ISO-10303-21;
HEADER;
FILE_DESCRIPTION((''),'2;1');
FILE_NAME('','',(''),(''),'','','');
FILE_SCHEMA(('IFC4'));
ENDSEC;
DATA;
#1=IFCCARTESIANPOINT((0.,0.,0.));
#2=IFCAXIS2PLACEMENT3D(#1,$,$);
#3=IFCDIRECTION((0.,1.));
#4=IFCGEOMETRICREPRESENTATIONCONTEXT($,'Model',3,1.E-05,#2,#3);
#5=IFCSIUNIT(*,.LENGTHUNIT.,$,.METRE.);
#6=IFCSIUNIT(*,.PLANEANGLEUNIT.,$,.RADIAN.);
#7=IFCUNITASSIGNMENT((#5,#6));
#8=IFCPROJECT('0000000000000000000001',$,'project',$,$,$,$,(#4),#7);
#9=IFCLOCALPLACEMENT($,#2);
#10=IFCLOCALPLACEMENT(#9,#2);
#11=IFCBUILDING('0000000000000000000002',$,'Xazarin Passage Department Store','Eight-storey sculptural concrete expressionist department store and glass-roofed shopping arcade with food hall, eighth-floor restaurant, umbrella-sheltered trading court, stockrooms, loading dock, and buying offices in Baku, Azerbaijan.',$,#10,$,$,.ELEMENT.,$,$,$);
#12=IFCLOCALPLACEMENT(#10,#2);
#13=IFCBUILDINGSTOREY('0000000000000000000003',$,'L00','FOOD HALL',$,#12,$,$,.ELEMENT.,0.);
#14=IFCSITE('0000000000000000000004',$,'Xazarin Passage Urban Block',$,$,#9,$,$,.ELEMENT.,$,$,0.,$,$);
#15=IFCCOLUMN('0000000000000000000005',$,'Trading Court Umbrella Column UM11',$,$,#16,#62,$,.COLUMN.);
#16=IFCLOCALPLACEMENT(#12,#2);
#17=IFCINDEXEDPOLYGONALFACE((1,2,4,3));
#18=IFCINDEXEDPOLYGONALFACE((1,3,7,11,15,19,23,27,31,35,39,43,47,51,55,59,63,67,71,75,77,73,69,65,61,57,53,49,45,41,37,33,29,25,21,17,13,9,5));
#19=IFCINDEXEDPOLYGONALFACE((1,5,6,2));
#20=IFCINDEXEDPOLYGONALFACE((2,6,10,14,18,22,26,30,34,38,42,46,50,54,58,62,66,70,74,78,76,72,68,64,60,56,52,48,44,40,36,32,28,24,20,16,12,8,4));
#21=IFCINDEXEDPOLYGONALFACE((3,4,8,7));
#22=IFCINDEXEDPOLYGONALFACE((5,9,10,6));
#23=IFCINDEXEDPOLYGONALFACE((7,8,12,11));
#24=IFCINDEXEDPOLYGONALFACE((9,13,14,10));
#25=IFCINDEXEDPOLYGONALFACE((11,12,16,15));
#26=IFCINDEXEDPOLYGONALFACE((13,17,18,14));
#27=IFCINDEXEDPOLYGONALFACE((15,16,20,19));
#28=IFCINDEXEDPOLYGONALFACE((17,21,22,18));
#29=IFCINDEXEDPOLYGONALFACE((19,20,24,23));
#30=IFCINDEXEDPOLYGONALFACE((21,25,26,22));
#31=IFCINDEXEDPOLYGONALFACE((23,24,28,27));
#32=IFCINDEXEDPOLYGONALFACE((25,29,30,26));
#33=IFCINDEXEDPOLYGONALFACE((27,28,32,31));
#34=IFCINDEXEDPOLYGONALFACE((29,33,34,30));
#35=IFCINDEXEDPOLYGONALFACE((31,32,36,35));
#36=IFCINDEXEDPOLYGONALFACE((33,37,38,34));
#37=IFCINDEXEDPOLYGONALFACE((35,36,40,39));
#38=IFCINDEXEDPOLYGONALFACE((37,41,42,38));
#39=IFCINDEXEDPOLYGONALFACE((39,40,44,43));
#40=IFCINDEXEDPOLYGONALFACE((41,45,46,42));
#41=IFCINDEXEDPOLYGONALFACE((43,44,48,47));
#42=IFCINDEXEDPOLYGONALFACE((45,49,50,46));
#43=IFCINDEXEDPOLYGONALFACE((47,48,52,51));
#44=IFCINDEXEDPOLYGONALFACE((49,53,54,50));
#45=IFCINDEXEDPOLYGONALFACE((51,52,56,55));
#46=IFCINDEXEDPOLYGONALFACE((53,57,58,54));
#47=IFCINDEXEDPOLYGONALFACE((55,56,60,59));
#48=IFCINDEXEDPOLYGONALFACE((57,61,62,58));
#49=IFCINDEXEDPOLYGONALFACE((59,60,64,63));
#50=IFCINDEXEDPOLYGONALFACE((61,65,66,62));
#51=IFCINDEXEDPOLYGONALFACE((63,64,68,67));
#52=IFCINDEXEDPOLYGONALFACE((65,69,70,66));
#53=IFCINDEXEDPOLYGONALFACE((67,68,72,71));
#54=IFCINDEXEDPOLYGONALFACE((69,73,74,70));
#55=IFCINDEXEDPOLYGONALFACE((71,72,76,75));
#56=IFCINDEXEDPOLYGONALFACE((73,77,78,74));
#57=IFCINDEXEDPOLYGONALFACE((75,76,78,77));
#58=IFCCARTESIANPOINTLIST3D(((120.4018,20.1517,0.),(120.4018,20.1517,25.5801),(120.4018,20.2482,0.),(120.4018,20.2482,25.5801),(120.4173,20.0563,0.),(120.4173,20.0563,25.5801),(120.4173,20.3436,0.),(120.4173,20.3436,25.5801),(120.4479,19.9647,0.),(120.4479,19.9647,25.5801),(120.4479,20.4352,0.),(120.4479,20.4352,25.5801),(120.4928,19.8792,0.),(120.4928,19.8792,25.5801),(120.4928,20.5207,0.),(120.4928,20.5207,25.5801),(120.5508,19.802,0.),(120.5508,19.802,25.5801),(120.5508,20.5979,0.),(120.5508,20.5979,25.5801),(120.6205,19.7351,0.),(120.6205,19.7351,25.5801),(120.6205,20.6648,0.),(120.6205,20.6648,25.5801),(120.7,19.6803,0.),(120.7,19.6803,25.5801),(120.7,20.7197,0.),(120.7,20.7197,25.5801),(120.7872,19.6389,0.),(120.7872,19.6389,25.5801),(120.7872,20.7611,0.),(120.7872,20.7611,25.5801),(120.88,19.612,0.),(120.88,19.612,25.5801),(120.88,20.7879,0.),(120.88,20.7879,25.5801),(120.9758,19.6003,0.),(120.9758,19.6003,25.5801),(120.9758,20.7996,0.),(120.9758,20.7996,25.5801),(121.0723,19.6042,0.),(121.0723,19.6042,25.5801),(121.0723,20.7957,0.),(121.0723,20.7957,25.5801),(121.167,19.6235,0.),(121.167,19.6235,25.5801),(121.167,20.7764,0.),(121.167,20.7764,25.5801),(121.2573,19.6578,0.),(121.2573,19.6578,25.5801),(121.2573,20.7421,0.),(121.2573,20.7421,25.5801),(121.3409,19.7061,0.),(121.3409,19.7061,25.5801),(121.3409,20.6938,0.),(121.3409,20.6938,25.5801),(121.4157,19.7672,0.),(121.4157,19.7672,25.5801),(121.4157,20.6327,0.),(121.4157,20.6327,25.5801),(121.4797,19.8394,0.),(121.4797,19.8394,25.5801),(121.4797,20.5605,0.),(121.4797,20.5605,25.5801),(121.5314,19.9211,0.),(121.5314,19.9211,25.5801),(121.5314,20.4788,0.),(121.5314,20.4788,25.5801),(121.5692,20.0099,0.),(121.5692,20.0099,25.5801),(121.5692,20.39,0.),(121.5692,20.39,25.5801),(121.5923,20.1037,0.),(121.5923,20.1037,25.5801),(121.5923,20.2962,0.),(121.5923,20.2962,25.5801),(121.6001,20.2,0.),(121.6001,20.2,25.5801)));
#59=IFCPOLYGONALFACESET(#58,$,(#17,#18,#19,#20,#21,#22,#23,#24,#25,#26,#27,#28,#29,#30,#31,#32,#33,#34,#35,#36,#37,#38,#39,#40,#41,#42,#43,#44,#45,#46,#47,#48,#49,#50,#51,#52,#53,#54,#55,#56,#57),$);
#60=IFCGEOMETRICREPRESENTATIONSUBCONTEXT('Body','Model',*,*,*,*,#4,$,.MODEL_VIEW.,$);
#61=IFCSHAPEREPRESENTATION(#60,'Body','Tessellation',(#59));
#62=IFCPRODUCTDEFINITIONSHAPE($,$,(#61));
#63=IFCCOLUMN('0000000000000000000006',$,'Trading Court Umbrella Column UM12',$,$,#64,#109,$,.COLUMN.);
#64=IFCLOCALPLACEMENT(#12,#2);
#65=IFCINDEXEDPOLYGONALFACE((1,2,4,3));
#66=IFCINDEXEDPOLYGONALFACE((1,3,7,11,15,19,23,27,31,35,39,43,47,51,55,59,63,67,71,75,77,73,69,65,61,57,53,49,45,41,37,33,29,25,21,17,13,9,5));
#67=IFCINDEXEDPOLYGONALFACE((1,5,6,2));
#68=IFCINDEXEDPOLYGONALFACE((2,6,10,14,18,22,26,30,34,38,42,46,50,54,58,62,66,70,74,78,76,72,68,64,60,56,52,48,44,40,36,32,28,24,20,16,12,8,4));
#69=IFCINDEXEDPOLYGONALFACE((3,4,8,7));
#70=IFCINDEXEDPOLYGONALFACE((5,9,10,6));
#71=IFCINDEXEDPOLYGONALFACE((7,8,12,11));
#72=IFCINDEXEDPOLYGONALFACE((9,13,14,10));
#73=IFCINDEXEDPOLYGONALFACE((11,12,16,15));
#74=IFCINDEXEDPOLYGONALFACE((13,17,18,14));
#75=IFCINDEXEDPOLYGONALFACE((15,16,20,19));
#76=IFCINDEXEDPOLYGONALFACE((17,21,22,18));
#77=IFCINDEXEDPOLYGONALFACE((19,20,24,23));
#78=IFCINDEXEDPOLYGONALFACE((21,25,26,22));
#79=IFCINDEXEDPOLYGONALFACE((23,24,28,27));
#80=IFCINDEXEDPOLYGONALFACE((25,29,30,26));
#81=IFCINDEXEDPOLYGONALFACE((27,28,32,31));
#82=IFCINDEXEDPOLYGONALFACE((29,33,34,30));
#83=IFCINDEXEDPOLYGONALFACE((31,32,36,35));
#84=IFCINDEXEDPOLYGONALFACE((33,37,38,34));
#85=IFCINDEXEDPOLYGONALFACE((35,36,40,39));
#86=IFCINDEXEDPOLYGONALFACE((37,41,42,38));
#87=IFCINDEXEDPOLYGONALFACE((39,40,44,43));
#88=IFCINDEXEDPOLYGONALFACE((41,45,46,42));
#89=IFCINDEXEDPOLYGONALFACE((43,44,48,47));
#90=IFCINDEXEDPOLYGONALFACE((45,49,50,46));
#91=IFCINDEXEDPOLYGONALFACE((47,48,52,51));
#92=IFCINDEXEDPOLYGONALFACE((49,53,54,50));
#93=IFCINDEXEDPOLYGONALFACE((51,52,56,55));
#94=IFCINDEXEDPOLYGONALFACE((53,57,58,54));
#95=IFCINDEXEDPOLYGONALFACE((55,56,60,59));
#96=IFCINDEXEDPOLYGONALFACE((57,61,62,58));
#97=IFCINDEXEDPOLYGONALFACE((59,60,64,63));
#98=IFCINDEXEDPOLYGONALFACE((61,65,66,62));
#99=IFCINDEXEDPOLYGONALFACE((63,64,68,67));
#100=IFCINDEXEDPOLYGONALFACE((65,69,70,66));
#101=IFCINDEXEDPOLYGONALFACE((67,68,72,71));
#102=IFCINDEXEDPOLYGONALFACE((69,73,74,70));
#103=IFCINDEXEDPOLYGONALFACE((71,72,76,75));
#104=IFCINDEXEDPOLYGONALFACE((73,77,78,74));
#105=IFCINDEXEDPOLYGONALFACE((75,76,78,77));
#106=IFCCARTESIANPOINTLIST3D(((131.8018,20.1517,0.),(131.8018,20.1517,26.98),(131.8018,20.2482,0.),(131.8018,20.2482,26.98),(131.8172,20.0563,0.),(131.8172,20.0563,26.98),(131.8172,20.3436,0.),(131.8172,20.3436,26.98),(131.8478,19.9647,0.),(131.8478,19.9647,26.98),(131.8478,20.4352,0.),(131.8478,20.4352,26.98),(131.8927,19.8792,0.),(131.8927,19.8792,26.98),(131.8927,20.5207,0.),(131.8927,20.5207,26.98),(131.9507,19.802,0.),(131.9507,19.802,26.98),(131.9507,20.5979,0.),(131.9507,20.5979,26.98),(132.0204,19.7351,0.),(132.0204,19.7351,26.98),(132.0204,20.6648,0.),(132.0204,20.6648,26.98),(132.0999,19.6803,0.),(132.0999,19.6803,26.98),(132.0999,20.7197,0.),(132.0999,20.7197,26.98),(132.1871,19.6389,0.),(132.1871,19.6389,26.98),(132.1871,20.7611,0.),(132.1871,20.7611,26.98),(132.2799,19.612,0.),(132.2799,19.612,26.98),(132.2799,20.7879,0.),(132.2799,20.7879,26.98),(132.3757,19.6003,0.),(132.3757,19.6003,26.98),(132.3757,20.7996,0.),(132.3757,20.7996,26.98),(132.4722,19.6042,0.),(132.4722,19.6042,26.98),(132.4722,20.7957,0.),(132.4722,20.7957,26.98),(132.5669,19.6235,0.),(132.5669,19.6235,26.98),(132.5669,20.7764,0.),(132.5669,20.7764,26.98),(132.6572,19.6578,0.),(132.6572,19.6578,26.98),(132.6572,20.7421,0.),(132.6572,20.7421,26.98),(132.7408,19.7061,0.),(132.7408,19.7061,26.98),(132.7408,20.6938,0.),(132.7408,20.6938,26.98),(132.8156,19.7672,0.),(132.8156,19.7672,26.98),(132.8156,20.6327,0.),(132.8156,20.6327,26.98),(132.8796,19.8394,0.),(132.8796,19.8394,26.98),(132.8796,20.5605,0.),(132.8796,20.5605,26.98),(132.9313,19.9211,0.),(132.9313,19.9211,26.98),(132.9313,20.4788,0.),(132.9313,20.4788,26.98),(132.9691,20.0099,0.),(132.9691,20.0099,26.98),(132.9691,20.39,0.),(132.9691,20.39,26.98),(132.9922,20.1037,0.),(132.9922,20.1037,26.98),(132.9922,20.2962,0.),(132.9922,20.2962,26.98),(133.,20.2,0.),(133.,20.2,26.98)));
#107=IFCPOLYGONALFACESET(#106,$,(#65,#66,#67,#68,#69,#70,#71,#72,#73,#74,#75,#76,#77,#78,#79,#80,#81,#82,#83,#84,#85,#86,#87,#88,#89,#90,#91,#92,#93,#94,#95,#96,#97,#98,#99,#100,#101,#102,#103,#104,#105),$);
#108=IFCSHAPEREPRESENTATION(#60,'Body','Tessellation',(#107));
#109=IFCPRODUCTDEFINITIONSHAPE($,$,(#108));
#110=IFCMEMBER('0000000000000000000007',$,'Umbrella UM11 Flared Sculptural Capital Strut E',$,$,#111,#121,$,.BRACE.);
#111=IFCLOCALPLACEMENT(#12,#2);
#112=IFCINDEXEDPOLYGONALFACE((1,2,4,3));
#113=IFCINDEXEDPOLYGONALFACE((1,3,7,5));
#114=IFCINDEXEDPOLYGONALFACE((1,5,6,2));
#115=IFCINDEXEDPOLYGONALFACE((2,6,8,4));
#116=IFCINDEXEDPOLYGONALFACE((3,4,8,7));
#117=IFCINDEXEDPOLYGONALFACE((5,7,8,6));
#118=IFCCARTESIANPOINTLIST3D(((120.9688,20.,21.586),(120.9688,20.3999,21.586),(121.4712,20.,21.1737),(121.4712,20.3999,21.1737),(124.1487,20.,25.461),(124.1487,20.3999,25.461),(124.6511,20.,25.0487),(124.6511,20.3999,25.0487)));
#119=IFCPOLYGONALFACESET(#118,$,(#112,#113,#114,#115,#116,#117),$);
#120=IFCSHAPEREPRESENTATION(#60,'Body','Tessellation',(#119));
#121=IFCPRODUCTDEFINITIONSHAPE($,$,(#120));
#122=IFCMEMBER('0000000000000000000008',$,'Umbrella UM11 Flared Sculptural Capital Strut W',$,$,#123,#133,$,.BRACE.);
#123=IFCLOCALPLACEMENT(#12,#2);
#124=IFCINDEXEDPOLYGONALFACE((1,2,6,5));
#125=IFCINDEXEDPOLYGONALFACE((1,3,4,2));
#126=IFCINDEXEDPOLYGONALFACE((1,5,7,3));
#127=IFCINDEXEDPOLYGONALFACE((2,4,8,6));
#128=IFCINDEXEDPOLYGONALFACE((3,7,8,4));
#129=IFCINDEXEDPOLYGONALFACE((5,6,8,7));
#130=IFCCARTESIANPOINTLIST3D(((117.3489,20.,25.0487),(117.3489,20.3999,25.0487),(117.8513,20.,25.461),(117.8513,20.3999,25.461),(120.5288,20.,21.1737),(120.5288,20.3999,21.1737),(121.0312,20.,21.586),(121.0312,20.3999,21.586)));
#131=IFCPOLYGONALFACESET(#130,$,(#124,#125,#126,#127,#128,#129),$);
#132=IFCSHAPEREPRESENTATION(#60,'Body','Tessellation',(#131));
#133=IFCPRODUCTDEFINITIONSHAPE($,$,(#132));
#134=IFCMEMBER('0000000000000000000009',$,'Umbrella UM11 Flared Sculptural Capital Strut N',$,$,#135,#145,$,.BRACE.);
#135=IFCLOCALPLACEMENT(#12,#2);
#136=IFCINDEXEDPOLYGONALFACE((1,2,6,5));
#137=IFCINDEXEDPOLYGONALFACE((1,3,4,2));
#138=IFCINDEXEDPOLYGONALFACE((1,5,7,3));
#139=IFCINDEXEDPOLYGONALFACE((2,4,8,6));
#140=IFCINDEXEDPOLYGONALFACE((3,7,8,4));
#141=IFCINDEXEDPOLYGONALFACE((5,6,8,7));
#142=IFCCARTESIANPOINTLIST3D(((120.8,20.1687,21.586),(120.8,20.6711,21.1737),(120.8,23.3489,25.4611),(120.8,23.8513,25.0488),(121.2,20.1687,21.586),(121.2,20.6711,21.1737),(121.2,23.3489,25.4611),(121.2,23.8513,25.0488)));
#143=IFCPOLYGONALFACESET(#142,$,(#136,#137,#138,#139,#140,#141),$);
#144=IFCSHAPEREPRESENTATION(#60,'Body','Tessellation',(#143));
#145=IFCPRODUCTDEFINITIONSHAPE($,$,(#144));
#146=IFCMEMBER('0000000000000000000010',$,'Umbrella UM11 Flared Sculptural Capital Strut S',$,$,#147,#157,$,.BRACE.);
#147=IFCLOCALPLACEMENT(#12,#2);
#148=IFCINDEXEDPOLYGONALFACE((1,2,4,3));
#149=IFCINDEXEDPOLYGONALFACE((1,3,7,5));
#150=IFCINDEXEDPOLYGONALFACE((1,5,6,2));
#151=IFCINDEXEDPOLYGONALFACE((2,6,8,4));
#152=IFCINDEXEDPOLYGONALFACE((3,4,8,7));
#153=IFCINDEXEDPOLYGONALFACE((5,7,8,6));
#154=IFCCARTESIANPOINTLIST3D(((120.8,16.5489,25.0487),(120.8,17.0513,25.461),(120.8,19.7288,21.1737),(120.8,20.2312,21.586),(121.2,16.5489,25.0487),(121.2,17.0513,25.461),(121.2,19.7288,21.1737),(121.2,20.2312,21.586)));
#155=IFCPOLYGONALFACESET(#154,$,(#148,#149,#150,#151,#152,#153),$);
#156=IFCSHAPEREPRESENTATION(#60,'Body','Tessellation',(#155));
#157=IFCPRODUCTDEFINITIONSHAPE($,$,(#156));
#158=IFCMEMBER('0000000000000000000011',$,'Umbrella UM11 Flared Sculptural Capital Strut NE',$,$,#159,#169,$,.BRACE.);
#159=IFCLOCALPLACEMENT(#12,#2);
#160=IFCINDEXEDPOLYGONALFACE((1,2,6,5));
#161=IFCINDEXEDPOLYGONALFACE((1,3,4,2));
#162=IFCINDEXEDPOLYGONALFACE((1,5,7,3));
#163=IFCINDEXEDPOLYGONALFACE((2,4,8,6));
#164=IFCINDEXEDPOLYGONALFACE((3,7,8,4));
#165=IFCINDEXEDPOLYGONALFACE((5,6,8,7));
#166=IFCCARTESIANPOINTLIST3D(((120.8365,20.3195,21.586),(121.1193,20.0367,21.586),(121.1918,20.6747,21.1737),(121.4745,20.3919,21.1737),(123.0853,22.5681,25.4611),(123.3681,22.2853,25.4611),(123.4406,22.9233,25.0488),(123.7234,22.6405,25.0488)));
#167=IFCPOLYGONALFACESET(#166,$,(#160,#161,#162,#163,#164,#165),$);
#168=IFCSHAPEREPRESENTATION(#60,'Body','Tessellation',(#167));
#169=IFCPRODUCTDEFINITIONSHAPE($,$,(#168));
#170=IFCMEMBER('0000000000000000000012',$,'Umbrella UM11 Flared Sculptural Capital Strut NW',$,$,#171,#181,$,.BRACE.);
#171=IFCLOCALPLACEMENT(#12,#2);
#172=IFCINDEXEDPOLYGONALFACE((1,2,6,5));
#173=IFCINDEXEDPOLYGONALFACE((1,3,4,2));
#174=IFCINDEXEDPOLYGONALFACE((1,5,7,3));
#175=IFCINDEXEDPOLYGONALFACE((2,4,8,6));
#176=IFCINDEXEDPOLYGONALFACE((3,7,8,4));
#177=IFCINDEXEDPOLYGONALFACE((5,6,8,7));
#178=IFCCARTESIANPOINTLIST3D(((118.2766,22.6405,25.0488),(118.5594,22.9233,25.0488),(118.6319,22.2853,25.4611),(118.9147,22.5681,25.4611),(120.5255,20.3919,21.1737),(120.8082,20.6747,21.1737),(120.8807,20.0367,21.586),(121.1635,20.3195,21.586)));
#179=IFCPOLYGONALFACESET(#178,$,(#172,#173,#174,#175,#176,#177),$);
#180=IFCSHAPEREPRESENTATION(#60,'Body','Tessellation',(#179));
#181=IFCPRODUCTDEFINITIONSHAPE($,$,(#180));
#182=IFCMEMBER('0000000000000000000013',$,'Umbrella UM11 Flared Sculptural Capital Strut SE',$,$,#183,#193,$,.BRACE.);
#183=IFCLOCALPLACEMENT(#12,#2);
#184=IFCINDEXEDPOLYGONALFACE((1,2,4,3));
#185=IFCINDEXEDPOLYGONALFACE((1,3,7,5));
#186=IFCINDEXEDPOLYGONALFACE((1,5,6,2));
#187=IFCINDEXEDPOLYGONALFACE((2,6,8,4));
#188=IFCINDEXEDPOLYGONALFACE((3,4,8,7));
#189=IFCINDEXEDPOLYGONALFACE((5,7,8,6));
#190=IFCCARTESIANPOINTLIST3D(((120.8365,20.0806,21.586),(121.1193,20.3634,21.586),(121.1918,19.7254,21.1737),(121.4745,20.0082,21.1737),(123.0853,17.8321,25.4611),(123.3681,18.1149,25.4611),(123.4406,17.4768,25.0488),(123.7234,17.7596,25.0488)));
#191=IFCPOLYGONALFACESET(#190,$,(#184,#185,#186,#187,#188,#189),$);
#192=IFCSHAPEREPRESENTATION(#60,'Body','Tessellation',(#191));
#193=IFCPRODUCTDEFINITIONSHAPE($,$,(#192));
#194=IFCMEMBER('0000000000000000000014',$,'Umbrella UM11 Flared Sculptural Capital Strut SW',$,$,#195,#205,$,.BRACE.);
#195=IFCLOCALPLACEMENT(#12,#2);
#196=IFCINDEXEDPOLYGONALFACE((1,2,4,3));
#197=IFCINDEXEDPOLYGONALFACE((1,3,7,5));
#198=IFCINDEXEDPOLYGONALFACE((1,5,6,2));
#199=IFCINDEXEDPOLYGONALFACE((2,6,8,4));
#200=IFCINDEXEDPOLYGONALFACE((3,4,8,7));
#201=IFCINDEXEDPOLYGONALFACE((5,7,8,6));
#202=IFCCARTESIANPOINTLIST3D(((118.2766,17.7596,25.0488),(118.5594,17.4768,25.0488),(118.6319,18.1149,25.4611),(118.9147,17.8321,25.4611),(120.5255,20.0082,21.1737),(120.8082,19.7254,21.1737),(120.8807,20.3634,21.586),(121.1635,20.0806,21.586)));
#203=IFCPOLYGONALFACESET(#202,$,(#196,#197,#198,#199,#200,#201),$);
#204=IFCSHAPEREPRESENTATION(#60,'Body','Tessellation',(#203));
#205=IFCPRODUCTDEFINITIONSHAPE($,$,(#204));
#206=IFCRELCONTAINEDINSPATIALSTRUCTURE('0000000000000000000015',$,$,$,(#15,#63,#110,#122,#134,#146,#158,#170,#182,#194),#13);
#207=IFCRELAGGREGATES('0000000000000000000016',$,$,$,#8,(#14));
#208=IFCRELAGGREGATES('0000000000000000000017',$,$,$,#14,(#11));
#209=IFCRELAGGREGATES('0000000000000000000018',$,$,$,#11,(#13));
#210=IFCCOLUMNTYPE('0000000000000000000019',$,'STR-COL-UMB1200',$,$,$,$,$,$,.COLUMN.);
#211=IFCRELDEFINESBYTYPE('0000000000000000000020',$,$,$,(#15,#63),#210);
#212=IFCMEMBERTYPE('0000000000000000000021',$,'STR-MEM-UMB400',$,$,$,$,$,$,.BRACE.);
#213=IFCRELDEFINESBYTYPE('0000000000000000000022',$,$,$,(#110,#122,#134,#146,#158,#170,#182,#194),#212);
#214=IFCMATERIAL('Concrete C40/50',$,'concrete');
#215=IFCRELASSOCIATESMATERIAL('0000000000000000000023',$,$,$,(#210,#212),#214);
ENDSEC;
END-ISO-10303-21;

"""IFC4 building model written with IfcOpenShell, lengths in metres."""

from ifc_helpers import new_model, si_unit, direction, frame, origin, origin_2d, place, context, subcontext, project, spatial, rectangle, circle, extrude, material, material_profile, profile_set, type_object, element, save


model = new_model("IFC4")

# Units and contexts
model_context = context("Model", 3, precision=1e-05, world=origin(), true_north=direction((0.0, 1.0)))
body_context = subcontext(model_context, "Body", "Model", "MODEL_VIEW")
ifc_project = project(units=[si_unit("LENGTHUNIT", "METRE"), si_unit("PLANEANGLEUNIT", "RADIAN")], contexts=[model_context])

# Site, building, storey
site_placement = place(None, origin())
site = spatial("IfcSite", under=ifc_project, at=site_placement, Name="Xazarin Passage Urban Block", CompositionType="ELEMENT", RefElevation=0.0)
building_placement = place(site_placement, origin())
building = spatial("IfcBuilding", under=site, at=building_placement, Name="Xazarin Passage Department Store", Description="Eight-storey sculptural concrete expressionist department store and glass-roofed shopping arcade with food hall, eighth-floor restaurant, umbrella-sheltered trading court, stockrooms, loading dock, and buying offices in Baku, Azerbaijan.", CompositionType="ELEMENT")
storey_placement = place(building_placement, origin())
storey = spatial("IfcBuildingStorey", under=building, at=storey_placement, Name="L00", Description="FOOD HALL", CompositionType="ELEMENT", Elevation=0.0)

# Columns
ifc_material_1 = material(Name="Concrete C40/50", Category="concrete")
ifc_material_profile_1 = material_profile(ifc_material_1, circle(Radius=0.6001, at=origin_2d()), Name="RCD 1200")
ifc_profile_set_1 = profile_set([ifc_material_profile_1], Name="Concrete C40/50")
column_type = type_object("IfcColumnType", Name="STR-COL-UMB1200", PredefinedType="COLUMN", material=ifc_profile_set_1)
column_1_placement = place(storey_placement, frame((121.0, 20.2, 0.0), z_axis=(0.0, 0.0, 1.0), x_axis=(1.0, 0.0, 0.0)))
element("IfcColumn", 1, at=column_1_placement, inside=storey, type_object=column_type, Name="Trading Court Umbrella Column UM11", PredefinedType="COLUMN", context=body_context, shape_type="SweptSolid", body=[
    extrude(circle(Radius=0.6001, at=origin_2d()), origin(), (0.0, 0.0, 1.0), 25.5801),
])
column_2_placement = place(storey_placement, frame((132.3999, 20.2, 0.0), z_axis=(0.0, 0.0, 1.0), x_axis=(1.0, 0.0, 0.0)))
element("IfcColumn", 2, at=column_2_placement, inside=storey, type_object=column_type, Name="Trading Court Umbrella Column UM12", PredefinedType="COLUMN", context=body_context, shape_type="SweptSolid", body=[
    extrude(circle(Radius=0.6001, at=origin_2d()), origin(), (0.0, 0.0, 1.0), 26.98),
])

# Members
ifc_material_profile_2 = material_profile(ifc_material_1, rectangle(XDim=0.3999, YDim=0.6499, at=origin_2d()), Name="RC 400x650")
ifc_profile_set_2 = profile_set([ifc_material_profile_2], Name="Concrete C40/50")
member_type = type_object("IfcMemberType", Name="STR-MEM-UMB400", PredefinedType="BRACE", material=ifc_profile_set_2)
for number, where, z_axis, x_axis, name in (
    (3, (121.22, 20.2, 21.3799), (0.63437, 0.0, 0.77303), (0.0, 1.0, 0.0), "Umbrella UM11 Flared Sculptural Capital Strut E"),
    (4, (120.78, 20.2, 21.3799), (-0.63437, 0.0, 0.77303), (0.0, -1.0, 0.0), "Umbrella UM11 Flared Sculptural Capital Strut W"),
):
    element("IfcMember", number, at=place(storey_placement, frame(where, z_axis=z_axis, x_axis=x_axis)), inside=storey, type_object=member_type, Name=name, PredefinedType="BRACE", context=body_context, shape_type="SweptSolid", body=[
        extrude(rectangle(XDim=0.3999, YDim=0.6499, at=origin_2d()), origin(), (0.0, 0.0, 1.0), 5.0127),
    ])
member_1_placement = place(storey_placement, frame((121.0, 20.4199, 21.3799), z_axis=(0.0, 0.634399, 0.773006), x_axis=(-1.0, 0.0, 0.0)))
element("IfcMember", 5, at=member_1_placement, inside=storey, type_object=member_type, Name="Umbrella UM11 Flared Sculptural Capital Strut N", PredefinedType="BRACE", context=body_context, shape_type="SweptSolid", body=[
    extrude(rectangle(XDim=0.3999, YDim=0.6499, at=origin_2d()), origin(), (0.0, 0.0, 1.0), 5.0129),
])
member_2_placement = place(storey_placement, frame((121.0, 19.98, 21.3799), z_axis=(0.0, -0.63437, 0.77303), x_axis=(1.0, 0.0, 0.0)))
element("IfcMember", 6, at=member_2_placement, inside=storey, type_object=member_type, Name="Umbrella UM11 Flared Sculptural Capital Strut S", PredefinedType="BRACE", context=body_context, shape_type="SweptSolid", body=[
    extrude(rectangle(XDim=0.3999, YDim=0.6499, at=origin_2d()), origin(), (0.0, 0.0, 1.0), 5.0127),
])
for number, where, z_axis, x_axis, name in (
    (7, (121.1555, 20.3557, 21.3799), (0.448604, 0.448555, 0.773015), (-0.707068, 0.707145, 0.0), "Umbrella UM11 Flared Sculptural Capital Strut NE"),
    (8, (120.8445, 20.3557, 21.3799), (-0.448604, 0.448555, 0.773015), (-0.707068, -0.707145, 0.0), "Umbrella UM11 Flared Sculptural Capital Strut NW"),
    (9, (121.1555, 20.0444, 21.3799), (0.448604, -0.448555, 0.773015), (0.707068, 0.707145, 0.0), "Umbrella UM11 Flared Sculptural Capital Strut SE"),
    (10, (120.8445, 20.0444, 21.3799), (-0.448604, -0.448555, 0.773015), (0.707068, -0.707145, 0.0), "Umbrella UM11 Flared Sculptural Capital Strut SW"),
):
    element("IfcMember", number, at=place(storey_placement, frame(where, z_axis=z_axis, x_axis=x_axis)), inside=storey, type_object=member_type, Name=name, PredefinedType="BRACE", context=body_context, shape_type="SweptSolid", body=[
        extrude(rectangle(XDim=0.3999, YDim=0.6499, at=origin_2d()), origin(), (0.0, 0.0, 1.0), 5.0129),
    ])

save(model, "model.ifc")
